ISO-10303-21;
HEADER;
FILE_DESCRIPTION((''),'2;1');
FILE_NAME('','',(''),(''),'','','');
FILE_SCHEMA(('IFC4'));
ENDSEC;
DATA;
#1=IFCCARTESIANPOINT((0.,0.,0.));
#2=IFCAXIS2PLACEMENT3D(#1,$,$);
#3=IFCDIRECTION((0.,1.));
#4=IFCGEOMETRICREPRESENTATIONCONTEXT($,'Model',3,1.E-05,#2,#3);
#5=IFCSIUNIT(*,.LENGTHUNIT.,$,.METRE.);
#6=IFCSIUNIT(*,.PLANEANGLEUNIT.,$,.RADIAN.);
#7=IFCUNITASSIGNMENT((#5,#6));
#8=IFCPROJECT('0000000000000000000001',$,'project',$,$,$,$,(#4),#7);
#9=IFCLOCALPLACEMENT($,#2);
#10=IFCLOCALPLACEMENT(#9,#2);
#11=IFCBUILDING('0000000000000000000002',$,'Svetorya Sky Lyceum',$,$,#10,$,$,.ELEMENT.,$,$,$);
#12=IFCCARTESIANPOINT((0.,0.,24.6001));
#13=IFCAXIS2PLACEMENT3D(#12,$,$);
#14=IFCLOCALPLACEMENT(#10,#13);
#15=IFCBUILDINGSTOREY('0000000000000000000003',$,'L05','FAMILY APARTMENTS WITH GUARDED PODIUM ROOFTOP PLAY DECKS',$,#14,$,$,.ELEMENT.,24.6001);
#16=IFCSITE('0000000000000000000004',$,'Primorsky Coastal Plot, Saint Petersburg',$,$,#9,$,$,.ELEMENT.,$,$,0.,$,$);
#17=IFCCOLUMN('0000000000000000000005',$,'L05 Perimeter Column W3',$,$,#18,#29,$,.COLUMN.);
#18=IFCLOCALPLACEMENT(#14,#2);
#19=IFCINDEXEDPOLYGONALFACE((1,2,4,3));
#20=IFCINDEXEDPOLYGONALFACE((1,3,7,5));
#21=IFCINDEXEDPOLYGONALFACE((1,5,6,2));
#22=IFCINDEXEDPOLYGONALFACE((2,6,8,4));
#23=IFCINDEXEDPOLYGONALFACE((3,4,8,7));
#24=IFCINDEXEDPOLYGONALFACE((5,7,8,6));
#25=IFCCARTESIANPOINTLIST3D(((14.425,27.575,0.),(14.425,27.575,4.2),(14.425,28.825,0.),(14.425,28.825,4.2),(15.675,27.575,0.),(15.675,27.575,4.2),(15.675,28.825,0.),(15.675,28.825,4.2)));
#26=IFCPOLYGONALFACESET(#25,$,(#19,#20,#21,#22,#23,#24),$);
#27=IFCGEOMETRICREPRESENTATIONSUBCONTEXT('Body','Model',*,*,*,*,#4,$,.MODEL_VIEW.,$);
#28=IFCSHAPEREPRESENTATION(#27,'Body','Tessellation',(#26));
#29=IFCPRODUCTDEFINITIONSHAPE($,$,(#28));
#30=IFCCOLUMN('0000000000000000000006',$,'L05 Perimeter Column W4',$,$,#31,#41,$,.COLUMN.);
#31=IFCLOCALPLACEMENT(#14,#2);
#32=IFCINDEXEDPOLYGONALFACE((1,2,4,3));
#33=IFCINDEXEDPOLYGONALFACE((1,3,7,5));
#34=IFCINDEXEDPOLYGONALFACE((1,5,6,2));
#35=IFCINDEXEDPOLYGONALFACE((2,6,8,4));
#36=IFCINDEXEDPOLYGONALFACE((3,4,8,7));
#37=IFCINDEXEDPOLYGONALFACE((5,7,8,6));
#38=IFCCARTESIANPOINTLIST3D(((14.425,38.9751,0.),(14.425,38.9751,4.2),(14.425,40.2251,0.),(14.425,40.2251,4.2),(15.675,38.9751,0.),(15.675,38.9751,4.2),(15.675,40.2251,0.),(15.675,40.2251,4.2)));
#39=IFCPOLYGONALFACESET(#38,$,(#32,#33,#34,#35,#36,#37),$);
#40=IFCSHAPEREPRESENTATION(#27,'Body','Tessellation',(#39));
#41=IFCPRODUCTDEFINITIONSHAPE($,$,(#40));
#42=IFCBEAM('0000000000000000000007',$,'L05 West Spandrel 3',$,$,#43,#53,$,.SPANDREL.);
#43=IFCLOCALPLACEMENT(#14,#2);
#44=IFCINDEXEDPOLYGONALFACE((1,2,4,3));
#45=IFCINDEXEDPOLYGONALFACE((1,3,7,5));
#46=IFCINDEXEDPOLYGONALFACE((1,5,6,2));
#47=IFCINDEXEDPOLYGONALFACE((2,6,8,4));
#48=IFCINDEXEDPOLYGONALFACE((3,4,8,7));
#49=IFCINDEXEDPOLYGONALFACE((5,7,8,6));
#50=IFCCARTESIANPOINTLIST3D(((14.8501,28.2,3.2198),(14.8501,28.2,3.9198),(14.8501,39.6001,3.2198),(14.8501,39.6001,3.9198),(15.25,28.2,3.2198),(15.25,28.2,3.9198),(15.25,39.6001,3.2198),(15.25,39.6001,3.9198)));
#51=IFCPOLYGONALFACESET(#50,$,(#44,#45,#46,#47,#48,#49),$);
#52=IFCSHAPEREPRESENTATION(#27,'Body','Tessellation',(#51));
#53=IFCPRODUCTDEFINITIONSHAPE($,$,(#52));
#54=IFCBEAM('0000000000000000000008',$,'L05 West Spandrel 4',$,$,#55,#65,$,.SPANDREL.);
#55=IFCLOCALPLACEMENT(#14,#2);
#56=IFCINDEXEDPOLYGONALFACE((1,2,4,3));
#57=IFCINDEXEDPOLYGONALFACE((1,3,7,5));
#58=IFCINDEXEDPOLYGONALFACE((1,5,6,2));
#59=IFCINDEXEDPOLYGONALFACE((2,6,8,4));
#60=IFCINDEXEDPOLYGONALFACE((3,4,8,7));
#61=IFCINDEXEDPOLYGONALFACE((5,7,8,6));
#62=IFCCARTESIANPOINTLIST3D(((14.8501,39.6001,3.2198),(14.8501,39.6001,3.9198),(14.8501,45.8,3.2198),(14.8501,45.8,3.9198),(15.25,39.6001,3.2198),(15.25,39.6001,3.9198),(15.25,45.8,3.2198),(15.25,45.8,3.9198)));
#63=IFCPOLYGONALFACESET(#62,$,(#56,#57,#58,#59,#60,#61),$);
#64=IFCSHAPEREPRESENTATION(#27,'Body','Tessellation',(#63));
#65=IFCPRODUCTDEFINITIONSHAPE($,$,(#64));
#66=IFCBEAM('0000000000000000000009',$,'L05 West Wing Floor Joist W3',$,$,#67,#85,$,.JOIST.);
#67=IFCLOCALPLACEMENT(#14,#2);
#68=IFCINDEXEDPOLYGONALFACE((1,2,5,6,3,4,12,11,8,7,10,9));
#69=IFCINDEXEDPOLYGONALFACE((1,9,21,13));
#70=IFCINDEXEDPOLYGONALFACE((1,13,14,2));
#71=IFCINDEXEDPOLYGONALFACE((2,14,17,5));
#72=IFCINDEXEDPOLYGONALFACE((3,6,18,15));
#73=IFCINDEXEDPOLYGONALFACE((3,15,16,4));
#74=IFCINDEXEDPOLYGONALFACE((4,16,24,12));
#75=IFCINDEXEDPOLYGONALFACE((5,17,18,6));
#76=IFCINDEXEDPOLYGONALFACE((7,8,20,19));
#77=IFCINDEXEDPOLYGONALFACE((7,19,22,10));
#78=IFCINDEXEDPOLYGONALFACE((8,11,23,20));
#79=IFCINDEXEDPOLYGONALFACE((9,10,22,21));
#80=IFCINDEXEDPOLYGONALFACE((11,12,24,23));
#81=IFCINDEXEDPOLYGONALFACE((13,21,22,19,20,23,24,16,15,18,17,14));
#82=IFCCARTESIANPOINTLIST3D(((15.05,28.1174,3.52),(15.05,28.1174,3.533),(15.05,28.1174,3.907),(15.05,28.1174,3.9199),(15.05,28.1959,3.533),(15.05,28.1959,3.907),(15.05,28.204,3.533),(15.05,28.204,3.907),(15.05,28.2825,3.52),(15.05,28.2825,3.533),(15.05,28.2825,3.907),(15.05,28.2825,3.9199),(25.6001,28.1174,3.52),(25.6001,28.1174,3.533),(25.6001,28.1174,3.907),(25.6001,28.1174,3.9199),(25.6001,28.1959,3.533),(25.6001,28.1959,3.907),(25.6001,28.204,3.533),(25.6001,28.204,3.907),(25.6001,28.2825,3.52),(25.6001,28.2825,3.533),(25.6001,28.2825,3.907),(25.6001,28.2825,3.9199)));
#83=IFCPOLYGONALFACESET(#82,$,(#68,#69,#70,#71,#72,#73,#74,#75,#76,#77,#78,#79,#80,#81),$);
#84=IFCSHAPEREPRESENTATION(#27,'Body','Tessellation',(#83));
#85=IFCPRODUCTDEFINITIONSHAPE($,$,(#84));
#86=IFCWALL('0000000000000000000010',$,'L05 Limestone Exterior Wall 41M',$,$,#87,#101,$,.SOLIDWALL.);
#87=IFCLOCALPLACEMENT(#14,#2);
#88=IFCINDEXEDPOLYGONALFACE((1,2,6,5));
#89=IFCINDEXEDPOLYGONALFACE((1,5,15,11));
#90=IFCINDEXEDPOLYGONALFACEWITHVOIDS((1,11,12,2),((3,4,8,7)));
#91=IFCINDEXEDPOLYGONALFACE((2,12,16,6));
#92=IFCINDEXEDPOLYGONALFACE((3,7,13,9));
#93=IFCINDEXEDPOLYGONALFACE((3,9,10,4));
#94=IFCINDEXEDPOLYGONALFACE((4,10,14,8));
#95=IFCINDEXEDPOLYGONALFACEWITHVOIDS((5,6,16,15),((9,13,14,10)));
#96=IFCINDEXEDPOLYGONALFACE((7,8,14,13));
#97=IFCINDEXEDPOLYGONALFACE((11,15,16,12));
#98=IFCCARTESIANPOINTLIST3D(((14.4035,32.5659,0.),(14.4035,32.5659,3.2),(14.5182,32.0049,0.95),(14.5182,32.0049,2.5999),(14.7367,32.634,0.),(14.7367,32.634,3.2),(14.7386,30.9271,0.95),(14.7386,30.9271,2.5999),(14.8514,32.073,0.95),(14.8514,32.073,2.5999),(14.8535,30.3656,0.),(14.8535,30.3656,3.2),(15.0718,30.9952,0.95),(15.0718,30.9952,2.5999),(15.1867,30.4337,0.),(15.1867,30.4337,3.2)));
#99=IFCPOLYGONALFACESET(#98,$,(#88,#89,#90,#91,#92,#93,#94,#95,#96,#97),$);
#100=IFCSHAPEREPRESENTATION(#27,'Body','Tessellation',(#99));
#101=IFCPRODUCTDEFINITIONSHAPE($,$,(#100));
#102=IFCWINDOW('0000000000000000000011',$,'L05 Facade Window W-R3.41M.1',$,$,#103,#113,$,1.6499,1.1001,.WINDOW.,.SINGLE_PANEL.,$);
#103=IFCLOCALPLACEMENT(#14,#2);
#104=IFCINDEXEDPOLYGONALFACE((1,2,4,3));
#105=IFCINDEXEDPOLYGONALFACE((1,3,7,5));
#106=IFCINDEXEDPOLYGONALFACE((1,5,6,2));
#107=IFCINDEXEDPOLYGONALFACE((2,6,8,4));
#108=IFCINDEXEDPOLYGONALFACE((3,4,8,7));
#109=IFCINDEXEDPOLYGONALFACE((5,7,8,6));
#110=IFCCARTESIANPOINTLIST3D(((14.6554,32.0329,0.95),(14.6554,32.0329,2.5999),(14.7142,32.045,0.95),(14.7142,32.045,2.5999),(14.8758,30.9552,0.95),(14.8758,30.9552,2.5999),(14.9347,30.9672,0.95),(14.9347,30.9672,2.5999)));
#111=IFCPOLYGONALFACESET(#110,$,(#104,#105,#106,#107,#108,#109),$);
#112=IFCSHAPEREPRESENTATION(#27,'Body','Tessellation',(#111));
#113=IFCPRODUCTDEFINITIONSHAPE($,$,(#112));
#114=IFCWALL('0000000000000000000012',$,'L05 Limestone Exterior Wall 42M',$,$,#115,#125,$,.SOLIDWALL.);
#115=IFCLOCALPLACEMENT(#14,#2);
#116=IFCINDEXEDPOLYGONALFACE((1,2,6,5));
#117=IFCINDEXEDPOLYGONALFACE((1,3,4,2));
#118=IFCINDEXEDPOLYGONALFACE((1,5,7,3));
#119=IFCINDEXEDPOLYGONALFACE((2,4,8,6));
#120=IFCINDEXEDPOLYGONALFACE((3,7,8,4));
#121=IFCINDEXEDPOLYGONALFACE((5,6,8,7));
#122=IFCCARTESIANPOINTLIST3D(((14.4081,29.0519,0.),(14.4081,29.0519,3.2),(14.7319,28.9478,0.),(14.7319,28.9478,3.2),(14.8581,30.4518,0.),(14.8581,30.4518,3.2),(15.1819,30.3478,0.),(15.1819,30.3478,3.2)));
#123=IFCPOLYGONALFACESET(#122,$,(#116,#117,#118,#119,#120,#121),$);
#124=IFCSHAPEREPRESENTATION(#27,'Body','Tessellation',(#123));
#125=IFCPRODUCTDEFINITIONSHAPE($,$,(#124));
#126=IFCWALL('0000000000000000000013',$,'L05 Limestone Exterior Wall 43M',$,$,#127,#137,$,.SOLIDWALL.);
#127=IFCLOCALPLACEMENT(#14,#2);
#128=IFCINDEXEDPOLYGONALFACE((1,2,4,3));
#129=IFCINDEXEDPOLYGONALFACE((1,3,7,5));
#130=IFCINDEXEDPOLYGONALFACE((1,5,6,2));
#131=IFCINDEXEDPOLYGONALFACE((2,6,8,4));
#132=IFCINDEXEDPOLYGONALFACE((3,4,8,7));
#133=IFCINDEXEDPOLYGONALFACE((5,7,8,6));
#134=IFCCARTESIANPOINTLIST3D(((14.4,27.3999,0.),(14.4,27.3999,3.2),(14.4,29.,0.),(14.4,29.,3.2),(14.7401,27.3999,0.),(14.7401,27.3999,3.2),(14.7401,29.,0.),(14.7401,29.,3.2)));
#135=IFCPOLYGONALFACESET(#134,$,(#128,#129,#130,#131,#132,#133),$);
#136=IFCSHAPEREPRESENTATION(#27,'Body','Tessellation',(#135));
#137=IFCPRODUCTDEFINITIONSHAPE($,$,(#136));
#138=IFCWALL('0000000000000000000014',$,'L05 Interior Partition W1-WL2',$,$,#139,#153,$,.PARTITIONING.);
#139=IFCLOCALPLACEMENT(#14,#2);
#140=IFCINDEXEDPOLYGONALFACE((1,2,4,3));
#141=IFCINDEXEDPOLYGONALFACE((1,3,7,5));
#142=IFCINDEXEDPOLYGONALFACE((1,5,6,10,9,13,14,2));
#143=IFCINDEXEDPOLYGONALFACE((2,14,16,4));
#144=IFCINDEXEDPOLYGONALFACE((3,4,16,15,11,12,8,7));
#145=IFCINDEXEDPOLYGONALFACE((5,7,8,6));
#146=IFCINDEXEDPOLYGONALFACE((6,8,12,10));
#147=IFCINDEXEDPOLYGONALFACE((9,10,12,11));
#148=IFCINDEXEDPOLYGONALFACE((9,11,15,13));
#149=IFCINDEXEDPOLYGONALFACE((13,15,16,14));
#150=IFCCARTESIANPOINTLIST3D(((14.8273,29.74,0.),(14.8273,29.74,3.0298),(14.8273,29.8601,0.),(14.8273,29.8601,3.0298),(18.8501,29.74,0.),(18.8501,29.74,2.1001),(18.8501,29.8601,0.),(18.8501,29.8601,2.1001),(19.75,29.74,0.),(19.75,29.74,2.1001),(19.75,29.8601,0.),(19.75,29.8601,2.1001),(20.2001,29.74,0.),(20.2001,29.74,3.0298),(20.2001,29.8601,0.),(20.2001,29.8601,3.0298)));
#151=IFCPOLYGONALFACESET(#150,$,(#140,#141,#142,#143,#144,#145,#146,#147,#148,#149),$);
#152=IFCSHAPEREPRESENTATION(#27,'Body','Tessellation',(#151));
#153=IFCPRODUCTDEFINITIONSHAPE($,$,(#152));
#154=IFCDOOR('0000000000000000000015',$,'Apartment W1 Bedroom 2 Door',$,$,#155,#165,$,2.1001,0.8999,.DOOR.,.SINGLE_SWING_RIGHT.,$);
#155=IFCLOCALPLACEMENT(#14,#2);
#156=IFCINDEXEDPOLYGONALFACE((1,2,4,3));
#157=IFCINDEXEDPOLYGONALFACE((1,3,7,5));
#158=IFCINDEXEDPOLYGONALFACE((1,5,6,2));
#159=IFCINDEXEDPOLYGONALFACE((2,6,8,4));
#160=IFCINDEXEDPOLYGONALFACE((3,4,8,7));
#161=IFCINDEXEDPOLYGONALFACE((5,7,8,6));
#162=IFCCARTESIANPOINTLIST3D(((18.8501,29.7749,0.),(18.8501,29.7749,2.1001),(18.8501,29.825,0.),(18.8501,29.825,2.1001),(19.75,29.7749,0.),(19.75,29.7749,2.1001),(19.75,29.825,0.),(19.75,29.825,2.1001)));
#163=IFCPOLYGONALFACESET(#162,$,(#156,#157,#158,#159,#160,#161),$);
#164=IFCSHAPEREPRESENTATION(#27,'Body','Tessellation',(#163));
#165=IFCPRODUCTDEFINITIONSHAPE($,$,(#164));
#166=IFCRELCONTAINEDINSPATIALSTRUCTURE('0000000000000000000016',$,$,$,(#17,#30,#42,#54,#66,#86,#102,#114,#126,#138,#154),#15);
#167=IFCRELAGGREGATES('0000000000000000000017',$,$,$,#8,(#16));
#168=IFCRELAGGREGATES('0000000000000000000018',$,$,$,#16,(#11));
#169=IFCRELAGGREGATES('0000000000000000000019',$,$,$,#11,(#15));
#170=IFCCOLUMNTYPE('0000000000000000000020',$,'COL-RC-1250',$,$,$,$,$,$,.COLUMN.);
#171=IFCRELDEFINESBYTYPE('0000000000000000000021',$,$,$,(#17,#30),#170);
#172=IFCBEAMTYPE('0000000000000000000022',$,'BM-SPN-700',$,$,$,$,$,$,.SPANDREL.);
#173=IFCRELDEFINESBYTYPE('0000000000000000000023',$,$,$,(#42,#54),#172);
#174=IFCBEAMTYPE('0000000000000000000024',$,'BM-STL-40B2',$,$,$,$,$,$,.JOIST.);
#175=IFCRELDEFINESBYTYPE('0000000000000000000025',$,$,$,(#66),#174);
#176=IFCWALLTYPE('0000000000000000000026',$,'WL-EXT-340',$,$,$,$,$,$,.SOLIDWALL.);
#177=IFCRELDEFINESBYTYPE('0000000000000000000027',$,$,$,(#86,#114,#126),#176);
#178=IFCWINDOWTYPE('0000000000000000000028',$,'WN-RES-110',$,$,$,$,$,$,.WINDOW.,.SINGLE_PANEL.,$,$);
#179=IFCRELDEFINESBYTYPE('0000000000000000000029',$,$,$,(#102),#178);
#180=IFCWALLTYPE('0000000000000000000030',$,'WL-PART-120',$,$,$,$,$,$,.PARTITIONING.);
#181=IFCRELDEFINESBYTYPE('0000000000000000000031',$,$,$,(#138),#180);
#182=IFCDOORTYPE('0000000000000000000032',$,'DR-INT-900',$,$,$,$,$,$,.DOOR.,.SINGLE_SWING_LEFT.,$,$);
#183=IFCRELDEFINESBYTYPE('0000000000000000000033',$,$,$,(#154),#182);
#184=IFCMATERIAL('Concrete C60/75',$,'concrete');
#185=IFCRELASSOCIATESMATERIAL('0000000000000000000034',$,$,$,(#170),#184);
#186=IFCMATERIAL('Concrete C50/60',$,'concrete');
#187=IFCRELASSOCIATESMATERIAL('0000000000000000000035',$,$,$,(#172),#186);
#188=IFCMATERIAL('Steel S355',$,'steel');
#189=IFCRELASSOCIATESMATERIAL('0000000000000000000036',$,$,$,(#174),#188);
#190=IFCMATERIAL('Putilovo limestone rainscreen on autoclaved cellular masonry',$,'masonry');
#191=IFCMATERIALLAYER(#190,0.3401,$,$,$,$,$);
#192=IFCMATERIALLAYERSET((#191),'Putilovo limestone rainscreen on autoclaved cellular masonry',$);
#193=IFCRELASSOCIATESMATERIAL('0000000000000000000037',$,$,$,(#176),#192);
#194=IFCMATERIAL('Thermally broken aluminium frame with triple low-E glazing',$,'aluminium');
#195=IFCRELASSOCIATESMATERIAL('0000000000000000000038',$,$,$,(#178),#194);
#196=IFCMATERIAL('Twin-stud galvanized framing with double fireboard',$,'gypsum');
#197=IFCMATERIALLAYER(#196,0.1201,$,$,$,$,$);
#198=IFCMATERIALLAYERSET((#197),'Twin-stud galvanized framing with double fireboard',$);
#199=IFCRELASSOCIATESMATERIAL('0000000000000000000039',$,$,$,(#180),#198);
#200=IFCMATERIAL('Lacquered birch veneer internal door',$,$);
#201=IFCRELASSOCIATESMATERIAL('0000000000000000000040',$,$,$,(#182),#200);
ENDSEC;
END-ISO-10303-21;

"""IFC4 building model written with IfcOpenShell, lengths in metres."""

from ifc_helpers import new_model, si_unit, direction, frame, frame_2d, origin, origin_2d, place, context, subcontext, project, spatial, rectangle, i_section, extrude, material, layer, layer_set, material_profile, profile_set, type_object, element, fill, save


model = new_model("IFC4")

# Units and contexts
model_context = context("Model", 3, precision=1e-05, world=origin(), true_north=direction((0.0, 1.0)))
body_context = subcontext(model_context, "Body", "Model", "MODEL_VIEW")
ifc_project = project(units=[si_unit("LENGTHUNIT", "METRE"), si_unit("PLANEANGLEUNIT", "RADIAN")], contexts=[model_context])

# Site, building, storey
site_placement = place(None, origin())
site = spatial("IfcSite", under=ifc_project, at=site_placement, Name="Primorsky Coastal Plot, Saint Petersburg", CompositionType="ELEMENT", RefElevation=0.0)
building_placement = place(site_placement, origin())
building = spatial("IfcBuilding", under=site, at=building_placement, Name="Svetorya Sky Lyceum", CompositionType="ELEMENT")
storey_placement = place(building_placement, frame((0.0, 0.0, 24.6001)))
storey = spatial("IfcBuildingStorey", under=building, at=storey_placement, Name="L05", Description="FAMILY APARTMENTS WITH GUARDED PODIUM ROOFTOP PLAY DECKS", CompositionType="ELEMENT", Elevation=24.6001)

# Columns
ifc_material_1 = material(Name="Concrete C60/75", Category="concrete")
ifc_material_profile_1 = material_profile(ifc_material_1, rectangle(XDim=1.25, YDim=1.25, at=origin_2d()), Name="RC COL 1250x1250")
ifc_profile_set_1 = profile_set([ifc_material_profile_1], Name="Concrete C60/75")
column_type = type_object("IfcColumnType", Name="COL-RC-1250", PredefinedType="COLUMN", material=ifc_profile_set_1)
for number, where, z_axis, x_axis, name in (
    (1, (15.05, 28.2, 0.0), (0.0, 0.0, 1.0), (1.0, 0.0, 0.0), "L05 Perimeter Column W3"),
    (2, (15.05, 39.6001, 0.0), (0.0, 0.0, 1.0), (1.0, 0.0, 0.0), "L05 Perimeter Column W4"),
):
    element("IfcColumn", number, at=place(storey_placement, frame(where, z_axis=z_axis, x_axis=x_axis)), inside=storey, type_object=column_type, Name=name, PredefinedType="COLUMN", context=body_context, shape_type="SweptSolid", body=[
        extrude(rectangle(XDim=1.25, YDim=1.25, at=origin_2d()), origin(), (0.0, 0.0, 1.0), 4.2),
    ])

# Beams
ifc_material_2 = material(Name="Concrete C50/60", Category="concrete")
ifc_material_profile_2 = material_profile(ifc_material_2, rectangle(XDim=0.3999, YDim=0.7, at=origin_2d()), Name="RC SPANDREL 400x700")
ifc_profile_set_2 = profile_set([ifc_material_profile_2], Name="Concrete C50/60")
beam_type_1 = type_object("IfcBeamType", Name="BM-SPN-700", PredefinedType="SPANDREL", material=ifc_profile_set_2)
beam_1_placement = place(storey_placement, frame((15.05, 28.2, 3.5698), z_axis=(0.0, 1.0, 0.0), x_axis=(-1.0, 0.0, 0.0)))
element("IfcBeam", 3, at=beam_1_placement, inside=storey, type_object=beam_type_1, Name="L05 West Spandrel 3", PredefinedType="SPANDREL", context=body_context, shape_type="SweptSolid", body=[
    extrude(rectangle(XDim=0.3999, YDim=0.7, at=origin_2d()), origin(), (0.0, 0.0, 1.0), 11.4001),
])
beam_2_placement = place(storey_placement, frame((15.05, 39.6001, 3.5698), z_axis=(0.0, 1.0, 0.0), x_axis=(-1.0, 0.0, 0.0)))
element("IfcBeam", 4, at=beam_2_placement, inside=storey, type_object=beam_type_1, Name="L05 West Spandrel 4", PredefinedType="SPANDREL", context=body_context, shape_type="SweptSolid", body=[
    extrude(rectangle(XDim=0.3999, YDim=0.7, at=origin_2d()), origin(), (0.0, 0.0, 1.0), 6.2),
])
ifc_material_3 = material(Name="Steel S355", Category="steel")
ifc_material_profile_3 = material_profile(ifc_material_3, i_section(OverallWidth=0.165, OverallDepth=0.3999, WebThickness=0.0081, FlangeThickness=0.0129, at=origin_2d()), Name="GOST 40B2")
ifc_profile_set_3 = profile_set([ifc_material_profile_3], Name="Steel S355")
beam_type_2 = type_object("IfcBeamType", Name="BM-STL-40B2", PredefinedType="JOIST", material=ifc_profile_set_3)
beam_3_placement = place(storey_placement, frame((15.05, 28.2, 3.72), z_axis=(1.0, 0.0, 0.0), x_axis=(0.0, 1.0, 0.0)))
element("IfcBeam", 5, at=beam_3_placement, inside=storey, type_object=beam_type_2, Name="L05 West Wing Floor Joist W3", PredefinedType="JOIST", context=body_context, shape_type="SweptSolid", body=[
    extrude(i_section(OverallWidth=0.165, OverallDepth=0.3999, WebThickness=0.0081, FlangeThickness=0.0129, at=origin_2d()), origin(), (0.0, 0.0, 1.0), 10.55),
])

# Wall, opening, window
ifc_material_4 = material(Name="Putilovo limestone rainscreen on autoclaved cellular masonry", Category="masonry")
ifc_layer_1 = layer(ifc_material_4, 0.3401)
ifc_layer_set_1 = layer_set([ifc_layer_1], Name="Putilovo limestone rainscreen on autoclaved cellular masonry")
wall_type_1 = type_object("IfcWallType", Name="WL-EXT-340", PredefinedType="SOLIDWALL", material=ifc_layer_set_1)
wall_1_placement = place(storey_placement, frame((14.5701, 32.6001, 0.0), z_axis=(0.0, 0.0, 1.0), x_axis=(0.200358, -0.979723, 0.0)))
wall_1 = element("IfcWall", 6, at=wall_1_placement, inside=storey, type_object=wall_type_1, Name="L05 Limestone Exterior Wall 41M", PredefinedType="SOLIDWALL", context=body_context, shape_type="SweptSolid", body=[
    extrude(rectangle(XDim=2.2458, YDim=0.3401, at=frame_2d((1.123, 0.0))), origin(), (0.0, 0.0, 1.0), 3.2),
])
opening_1_placement = place(wall_1_placement, frame((0.5728, 0.0, 0.95)))
opening_1 = element("IfcOpeningElement", 7, at=opening_1_placement, cuts=wall_1, PredefinedType="OPENING", context=body_context, shape_type="SweptSolid", body=[
    extrude(rectangle(XDim=1.1001, YDim=1.6499, at=frame_2d((0.55, 0.825))), frame((0.0, 0.1799, 0.0), z_axis=(0.0, -1.0, 0.0), x_axis=(1.0, 0.0, 0.0)), (0.0, 0.0, 1.0), 0.3601),
])
ifc_material_5 = material(Name="Thermally broken aluminium frame with triple low-E glazing", Category="aluminium")
window_type = type_object("IfcWindowType", Name="WN-RES-110", PartitioningType="SINGLE_PANEL", PredefinedType="WINDOW", material=ifc_material_5)
window_placement = place(opening_1_placement, origin())
window = element("IfcWindow", 8, at=window_placement, inside=storey, type_object=window_type, Name="L05 Facade Window W-R3.41M.1", OverallHeight=1.6499, OverallWidth=1.1001, PartitioningType="SINGLE_PANEL", PredefinedType="WINDOW", context=body_context, shape_type="SweptSolid", body=[
    extrude(rectangle(XDim=1.1001, YDim=1.6499, at=frame_2d((0.55, 0.825))), frame((0.0, 0.03, 0.0), z_axis=(0.0, -1.0, 0.0), x_axis=(1.0, 0.0, 0.0)), (0.0, 0.0, 1.0), 0.0601),
])
fill(opening_1, window)

# Walls
wall_2_placement = place(storey_placement, frame((15.02, 30.3999, 0.0), z_axis=(0.0, 0.0, 1.0), x_axis=(-0.305998, -0.952032, 0.0)))
element("IfcWall", 9, at=wall_2_placement, inside=storey, type_object=wall_type_1, Name="L05 Limestone Exterior Wall 42M", PredefinedType="SOLIDWALL", context=body_context, shape_type="SweptSolid", body=[
    extrude(rectangle(XDim=1.4705, YDim=0.3401, at=frame_2d((0.7354, 0.0))), origin(), (0.0, 0.0, 1.0), 3.2),
])
wall_3_placement = place(storey_placement, frame((14.5701, 29.0, 0.0), z_axis=(0.0, 0.0, 1.0), x_axis=(0.0, -1.0, 0.0)))
element("IfcWall", 10, at=wall_3_placement, inside=storey, type_object=wall_type_1, Name="L05 Limestone Exterior Wall 43M", PredefinedType="SOLIDWALL", context=body_context, shape_type="SweptSolid", body=[
    extrude(rectangle(XDim=1.6001, YDim=0.3401, at=frame_2d((0.8, 0.0))), origin(), (0.0, 0.0, 1.0), 3.2),
])

# Wall, opening, door
ifc_material_6 = material(Name="Twin-stud galvanized framing with double fireboard", Category="gypsum")
ifc_layer_2 = layer(ifc_material_6, 0.1201)
ifc_layer_set_2 = layer_set([ifc_layer_2], Name="Twin-stud galvanized framing with double fireboard")
wall_type_2 = type_object("IfcWallType", Name="WL-PART-120", PredefinedType="PARTITIONING", material=ifc_layer_set_2)
wall_4_placement = place(storey_placement, frame((14.8271, 29.8, 0.0), z_axis=(0.0, 0.0, 1.0), x_axis=(1.0, 0.0, 0.0)))
wall_4 = element("IfcWall", 11, at=wall_4_placement, inside=storey, type_object=wall_type_2, Name="L05 Interior Partition W1-WL2", PredefinedType="PARTITIONING", context=body_context, shape_type="SweptSolid", body=[
    extrude(rectangle(XDim=5.3728, YDim=0.1201, at=frame_2d((2.6865, 0.0))), origin(), (0.0, 0.0, 1.0), 3.0298),
])
opening_2_placement = place(wall_4_placement, frame((4.0229, 0.0, 0.0)))
opening_2 = element("IfcOpeningElement", 12, at=opening_2_placement, cuts=wall_4, PredefinedType="OPENING", context=body_context, shape_type="SweptSolid", body=[
    extrude(rectangle(XDim=0.8999, YDim=2.1001, at=frame_2d((0.45, 1.05))), frame((0.0, 0.0701, 0.0), z_axis=(0.0, -1.0, 0.0), x_axis=(1.0, 0.0, 0.0)), (0.0, 0.0, 1.0), 0.1401),
])
ifc_material_7 = material(Name="Lacquered birch veneer internal door")
door_type_1 = type_object("IfcDoorType", Name="DR-INT-900", OperationType="SINGLE_SWING_LEFT", PredefinedType="DOOR", material=ifc_material_7)
door_1_placement = place(opening_2_placement, origin())
door_1 = element("IfcDoor", 13, at=door_1_placement, inside=storey, type_object=door_type_1, Name="Apartment W1 Bedroom 2 Door", OperationType="SINGLE_SWING_RIGHT", OverallHeight=2.1001, OverallWidth=0.8999, PredefinedType="DOOR", context=body_context, shape_type="SweptSolid", body=[
    extrude(rectangle(XDim=0.8999, YDim=2.1001, at=frame_2d((0.45, 1.05))), frame((0.0, 0.0249, 0.0), z_axis=(0.0, -1.0, 0.0), x_axis=(1.0, 0.0, 0.0)), (0.0, 0.0, 1.0), 0.05),
])
fill(opening_2, door_1)

save(model, "model.ifc")
